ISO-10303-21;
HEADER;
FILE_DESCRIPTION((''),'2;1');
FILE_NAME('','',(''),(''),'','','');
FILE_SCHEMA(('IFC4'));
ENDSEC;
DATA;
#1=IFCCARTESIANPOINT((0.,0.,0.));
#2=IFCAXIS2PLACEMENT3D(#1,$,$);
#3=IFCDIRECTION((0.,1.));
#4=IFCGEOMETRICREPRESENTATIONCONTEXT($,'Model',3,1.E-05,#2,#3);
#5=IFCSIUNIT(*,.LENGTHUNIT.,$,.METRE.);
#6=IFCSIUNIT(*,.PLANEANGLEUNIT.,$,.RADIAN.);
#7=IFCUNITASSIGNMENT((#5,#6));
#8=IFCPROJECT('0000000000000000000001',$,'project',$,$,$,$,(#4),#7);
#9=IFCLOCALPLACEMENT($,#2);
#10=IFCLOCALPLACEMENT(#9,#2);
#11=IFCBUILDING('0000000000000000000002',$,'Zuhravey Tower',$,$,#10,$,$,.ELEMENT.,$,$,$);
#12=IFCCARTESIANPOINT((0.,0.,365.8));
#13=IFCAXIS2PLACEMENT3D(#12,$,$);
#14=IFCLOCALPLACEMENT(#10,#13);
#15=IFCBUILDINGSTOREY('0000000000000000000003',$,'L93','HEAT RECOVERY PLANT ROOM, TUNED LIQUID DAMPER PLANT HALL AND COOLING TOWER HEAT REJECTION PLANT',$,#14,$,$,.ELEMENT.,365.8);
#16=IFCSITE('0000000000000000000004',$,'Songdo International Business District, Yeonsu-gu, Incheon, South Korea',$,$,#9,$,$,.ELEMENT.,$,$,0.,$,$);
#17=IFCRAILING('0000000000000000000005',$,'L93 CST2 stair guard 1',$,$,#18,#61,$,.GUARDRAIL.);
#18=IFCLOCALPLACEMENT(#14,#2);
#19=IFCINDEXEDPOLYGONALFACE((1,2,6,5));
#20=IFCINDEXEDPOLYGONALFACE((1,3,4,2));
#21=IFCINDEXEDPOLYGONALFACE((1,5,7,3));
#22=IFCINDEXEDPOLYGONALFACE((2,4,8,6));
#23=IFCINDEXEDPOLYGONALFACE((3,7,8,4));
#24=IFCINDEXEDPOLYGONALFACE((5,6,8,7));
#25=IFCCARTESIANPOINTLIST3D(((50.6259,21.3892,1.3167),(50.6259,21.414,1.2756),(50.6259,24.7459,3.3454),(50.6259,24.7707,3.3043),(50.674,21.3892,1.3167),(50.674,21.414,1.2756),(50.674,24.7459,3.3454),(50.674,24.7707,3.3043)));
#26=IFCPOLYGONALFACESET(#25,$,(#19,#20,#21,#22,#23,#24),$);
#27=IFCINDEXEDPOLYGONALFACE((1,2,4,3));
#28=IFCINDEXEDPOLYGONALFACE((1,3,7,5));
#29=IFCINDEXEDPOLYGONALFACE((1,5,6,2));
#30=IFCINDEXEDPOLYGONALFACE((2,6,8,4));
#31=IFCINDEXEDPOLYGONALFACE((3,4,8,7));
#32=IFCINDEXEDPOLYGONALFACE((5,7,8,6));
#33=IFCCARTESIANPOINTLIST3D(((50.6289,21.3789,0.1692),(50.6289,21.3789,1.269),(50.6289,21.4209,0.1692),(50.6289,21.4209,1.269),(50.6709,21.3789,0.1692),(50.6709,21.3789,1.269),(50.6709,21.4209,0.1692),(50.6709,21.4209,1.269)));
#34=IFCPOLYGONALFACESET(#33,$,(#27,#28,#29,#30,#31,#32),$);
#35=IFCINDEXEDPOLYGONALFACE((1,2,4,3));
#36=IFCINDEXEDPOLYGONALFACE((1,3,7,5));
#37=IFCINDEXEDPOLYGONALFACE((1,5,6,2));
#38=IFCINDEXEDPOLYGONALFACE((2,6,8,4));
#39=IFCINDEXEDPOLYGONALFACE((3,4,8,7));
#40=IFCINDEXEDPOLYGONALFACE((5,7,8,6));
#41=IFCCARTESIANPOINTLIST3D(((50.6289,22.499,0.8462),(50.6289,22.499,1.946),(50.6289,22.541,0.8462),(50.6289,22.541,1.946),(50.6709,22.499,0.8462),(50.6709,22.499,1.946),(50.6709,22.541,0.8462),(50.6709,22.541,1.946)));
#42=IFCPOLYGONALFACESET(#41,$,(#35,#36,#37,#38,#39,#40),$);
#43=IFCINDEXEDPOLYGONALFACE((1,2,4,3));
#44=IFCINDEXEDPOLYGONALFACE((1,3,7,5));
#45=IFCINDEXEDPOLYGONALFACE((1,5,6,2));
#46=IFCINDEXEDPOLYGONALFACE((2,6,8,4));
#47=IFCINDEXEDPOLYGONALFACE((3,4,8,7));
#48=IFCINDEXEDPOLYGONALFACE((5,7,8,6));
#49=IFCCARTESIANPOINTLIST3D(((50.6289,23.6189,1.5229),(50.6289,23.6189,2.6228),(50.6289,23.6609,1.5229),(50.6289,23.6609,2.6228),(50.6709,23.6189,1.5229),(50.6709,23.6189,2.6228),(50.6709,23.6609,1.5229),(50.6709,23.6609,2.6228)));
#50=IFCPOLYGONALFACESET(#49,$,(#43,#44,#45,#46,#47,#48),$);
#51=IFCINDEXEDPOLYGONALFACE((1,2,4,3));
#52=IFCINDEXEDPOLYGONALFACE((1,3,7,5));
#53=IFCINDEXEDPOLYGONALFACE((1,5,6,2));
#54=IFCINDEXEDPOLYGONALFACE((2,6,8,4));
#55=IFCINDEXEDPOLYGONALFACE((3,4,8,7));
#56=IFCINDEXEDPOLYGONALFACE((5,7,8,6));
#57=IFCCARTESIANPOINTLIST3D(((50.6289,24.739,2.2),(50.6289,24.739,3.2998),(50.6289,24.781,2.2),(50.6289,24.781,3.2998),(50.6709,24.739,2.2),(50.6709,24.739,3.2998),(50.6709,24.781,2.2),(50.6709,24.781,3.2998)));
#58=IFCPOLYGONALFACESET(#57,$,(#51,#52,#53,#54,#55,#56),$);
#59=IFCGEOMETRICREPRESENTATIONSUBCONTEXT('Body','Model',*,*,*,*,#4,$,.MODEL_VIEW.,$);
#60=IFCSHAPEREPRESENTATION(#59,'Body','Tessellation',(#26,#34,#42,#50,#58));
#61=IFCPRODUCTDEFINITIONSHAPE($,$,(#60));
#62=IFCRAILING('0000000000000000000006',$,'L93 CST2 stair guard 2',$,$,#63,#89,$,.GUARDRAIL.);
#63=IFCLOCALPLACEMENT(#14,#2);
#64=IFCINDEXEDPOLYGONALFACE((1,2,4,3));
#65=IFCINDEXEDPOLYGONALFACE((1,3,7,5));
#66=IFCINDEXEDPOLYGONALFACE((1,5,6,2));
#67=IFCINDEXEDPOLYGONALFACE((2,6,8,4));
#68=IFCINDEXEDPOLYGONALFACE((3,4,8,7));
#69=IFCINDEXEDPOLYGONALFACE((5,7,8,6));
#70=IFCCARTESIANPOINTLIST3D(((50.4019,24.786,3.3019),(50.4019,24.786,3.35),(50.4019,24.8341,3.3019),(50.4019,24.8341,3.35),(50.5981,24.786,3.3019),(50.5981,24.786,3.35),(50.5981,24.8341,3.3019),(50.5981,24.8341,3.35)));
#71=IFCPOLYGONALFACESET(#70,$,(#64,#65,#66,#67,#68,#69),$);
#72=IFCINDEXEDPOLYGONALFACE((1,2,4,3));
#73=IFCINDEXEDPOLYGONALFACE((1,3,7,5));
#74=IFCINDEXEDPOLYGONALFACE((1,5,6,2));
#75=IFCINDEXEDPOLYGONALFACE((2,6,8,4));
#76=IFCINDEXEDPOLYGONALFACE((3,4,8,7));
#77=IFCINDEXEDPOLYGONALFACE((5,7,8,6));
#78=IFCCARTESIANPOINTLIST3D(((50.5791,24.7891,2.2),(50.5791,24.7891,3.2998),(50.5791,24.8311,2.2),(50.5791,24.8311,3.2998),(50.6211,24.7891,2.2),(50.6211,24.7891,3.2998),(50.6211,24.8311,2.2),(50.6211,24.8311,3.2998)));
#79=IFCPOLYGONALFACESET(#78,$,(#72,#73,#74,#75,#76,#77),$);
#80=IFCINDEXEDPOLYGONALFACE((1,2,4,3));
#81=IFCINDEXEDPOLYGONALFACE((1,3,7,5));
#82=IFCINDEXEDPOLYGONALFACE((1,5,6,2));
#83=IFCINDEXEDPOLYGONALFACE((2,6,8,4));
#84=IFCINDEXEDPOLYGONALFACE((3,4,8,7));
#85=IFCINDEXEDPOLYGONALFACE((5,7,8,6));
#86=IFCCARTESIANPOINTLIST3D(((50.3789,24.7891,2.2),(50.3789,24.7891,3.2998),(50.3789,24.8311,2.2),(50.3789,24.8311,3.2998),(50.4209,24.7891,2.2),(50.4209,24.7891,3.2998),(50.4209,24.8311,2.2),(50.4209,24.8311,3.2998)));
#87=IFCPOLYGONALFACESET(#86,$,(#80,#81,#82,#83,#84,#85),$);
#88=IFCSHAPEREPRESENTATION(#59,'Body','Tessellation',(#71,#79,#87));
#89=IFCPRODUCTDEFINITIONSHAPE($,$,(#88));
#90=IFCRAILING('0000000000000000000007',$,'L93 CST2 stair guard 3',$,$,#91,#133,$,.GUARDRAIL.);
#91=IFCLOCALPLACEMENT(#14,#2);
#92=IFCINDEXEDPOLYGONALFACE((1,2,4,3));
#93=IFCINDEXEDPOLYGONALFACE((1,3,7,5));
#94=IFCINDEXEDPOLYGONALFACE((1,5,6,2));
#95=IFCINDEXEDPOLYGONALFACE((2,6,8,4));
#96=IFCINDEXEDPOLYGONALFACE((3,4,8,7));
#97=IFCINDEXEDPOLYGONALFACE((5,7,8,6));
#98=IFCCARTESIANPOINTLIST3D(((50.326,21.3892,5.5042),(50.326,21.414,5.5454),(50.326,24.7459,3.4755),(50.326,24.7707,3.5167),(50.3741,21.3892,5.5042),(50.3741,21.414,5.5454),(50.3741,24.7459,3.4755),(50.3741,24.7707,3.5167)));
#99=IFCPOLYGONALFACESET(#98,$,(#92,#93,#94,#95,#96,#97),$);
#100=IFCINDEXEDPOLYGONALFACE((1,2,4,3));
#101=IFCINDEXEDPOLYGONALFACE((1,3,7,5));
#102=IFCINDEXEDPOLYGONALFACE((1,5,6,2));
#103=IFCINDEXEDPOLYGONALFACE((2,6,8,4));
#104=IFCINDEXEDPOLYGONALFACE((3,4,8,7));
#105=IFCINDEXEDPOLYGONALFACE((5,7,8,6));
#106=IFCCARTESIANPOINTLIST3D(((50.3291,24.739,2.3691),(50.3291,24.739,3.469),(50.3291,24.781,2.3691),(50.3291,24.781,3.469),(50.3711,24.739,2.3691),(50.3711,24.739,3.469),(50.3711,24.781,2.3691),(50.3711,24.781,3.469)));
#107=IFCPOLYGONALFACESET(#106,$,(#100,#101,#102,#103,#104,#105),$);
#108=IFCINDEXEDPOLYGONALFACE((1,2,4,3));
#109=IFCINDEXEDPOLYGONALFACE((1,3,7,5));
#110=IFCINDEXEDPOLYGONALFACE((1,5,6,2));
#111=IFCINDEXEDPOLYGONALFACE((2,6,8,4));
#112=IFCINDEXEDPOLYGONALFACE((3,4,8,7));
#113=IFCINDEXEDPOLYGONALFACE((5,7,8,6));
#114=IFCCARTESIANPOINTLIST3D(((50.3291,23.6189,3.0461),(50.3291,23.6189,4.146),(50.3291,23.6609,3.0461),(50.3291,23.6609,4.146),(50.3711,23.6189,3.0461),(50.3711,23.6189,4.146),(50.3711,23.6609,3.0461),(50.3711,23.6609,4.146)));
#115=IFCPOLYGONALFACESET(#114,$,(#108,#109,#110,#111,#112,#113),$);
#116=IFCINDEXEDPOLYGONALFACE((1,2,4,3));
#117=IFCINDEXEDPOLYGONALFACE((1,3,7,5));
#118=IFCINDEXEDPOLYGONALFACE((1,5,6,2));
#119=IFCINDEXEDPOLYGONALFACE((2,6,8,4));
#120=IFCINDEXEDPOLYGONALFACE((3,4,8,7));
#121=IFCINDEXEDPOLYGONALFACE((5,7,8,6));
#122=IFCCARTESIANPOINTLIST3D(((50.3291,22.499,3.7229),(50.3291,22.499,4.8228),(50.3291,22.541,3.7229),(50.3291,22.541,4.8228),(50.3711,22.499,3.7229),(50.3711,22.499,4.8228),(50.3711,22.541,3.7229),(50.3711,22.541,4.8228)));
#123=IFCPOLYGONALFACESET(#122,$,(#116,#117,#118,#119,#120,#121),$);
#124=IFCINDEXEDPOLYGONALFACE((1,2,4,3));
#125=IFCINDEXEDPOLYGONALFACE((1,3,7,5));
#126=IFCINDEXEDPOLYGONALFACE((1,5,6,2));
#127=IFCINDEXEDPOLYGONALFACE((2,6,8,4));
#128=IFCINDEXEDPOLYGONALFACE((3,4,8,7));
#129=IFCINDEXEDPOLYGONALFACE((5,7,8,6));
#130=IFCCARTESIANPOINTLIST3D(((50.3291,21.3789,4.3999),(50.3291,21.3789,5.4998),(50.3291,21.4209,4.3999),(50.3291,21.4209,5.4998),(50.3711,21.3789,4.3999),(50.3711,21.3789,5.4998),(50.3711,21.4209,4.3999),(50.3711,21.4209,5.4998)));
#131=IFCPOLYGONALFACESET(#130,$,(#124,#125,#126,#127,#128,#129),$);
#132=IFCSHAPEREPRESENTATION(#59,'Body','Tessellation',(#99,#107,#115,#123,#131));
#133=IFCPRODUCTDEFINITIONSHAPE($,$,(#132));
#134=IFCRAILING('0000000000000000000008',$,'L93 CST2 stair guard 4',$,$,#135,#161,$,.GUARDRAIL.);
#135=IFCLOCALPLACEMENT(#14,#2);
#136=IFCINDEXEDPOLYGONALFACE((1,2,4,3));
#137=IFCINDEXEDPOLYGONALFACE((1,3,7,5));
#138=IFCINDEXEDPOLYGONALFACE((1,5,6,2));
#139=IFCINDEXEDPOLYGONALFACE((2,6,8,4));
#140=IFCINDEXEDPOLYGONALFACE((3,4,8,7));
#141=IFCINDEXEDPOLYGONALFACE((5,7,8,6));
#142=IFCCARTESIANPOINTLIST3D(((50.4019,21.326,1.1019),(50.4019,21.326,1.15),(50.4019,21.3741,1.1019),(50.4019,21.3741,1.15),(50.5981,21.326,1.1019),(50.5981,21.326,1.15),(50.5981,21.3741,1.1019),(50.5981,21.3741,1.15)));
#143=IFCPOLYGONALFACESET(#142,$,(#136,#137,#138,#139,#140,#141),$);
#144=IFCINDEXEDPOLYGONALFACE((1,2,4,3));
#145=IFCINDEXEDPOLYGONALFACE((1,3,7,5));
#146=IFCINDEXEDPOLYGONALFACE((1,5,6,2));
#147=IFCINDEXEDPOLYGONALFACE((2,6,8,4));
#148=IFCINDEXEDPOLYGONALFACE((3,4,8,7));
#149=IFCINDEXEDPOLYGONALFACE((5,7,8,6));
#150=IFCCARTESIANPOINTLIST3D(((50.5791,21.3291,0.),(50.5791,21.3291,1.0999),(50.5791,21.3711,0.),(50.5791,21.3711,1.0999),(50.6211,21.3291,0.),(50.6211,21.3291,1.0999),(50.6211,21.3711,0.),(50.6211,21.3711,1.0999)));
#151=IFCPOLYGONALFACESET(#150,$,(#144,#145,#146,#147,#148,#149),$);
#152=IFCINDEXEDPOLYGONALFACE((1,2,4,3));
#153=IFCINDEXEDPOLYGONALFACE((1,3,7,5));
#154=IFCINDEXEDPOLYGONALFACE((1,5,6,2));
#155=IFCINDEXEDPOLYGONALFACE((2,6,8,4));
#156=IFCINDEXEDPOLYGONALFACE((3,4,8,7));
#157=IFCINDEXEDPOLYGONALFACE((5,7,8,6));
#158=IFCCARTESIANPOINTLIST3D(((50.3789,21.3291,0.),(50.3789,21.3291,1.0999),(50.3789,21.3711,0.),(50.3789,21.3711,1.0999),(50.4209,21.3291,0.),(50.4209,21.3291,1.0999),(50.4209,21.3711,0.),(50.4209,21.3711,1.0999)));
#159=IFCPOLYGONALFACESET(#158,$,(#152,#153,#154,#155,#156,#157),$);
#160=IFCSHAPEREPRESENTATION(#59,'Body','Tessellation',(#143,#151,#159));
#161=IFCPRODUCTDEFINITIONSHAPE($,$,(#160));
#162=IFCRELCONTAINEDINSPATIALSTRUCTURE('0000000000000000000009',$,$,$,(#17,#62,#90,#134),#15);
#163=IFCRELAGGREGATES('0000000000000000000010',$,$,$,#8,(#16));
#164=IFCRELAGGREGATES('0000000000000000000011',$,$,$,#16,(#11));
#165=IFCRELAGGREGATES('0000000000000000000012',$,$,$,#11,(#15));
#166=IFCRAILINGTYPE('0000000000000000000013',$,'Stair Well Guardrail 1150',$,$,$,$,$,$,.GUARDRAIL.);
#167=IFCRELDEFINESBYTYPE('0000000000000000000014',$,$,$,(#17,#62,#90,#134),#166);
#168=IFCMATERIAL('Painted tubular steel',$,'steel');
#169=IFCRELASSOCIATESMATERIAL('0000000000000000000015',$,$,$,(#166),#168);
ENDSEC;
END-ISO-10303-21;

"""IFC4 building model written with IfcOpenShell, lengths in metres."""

from ifc_helpers import new_model, si_unit, direction, frame, origin, origin_2d, place, context, subcontext, project, spatial, rectangle, extrude, material, type_object, element, save


model = new_model("IFC4")

# Units and contexts
model_context = context("Model", 3, precision=1e-05, world=origin(), true_north=direction((0.0, 1.0)))
body_context = subcontext(model_context, "Body", "Model", "MODEL_VIEW")
ifc_project = project(units=[si_unit("LENGTHUNIT", "METRE"), si_unit("PLANEANGLEUNIT", "RADIAN")], contexts=[model_context])

# Site, building, storey
site_placement = place(None, origin())
site = spatial("IfcSite", under=ifc_project, at=site_placement, Name="Songdo International Business District, Yeonsu-gu, Incheon, South Korea", CompositionType="ELEMENT", RefElevation=0.0)
building_placement = place(site_placement, origin())
building = spatial("IfcBuilding", under=site, at=building_placement, Name="Zuhravey Tower", CompositionType="ELEMENT")
storey_placement = place(building_placement, frame((0.0, 0.0, 365.8)))
storey = spatial("IfcBuildingStorey", under=building, at=storey_placement, Name="L93", Description="HEAT RECOVERY PLANT ROOM, TUNED LIQUID DAMPER PLANT HALL AND COOLING TOWER HEAT REJECTION PLANT", CompositionType="ELEMENT", Elevation=365.8)

# Railings
ifc_material_1 = material(Name="Painted tubular steel", Category="steel")
railing_type_1 = type_object("IfcRailingType", Name="Stair Well Guardrail 1150", PredefinedType="GUARDRAIL", material=ifc_material_1)
railing_1_placement = place(storey_placement, frame((50.6499, 21.3999, 0.1692)))
element("IfcRailing", 1, at=railing_1_placement, inside=storey, type_object=railing_type_1, Name="L93 CST2 stair guard 1", PredefinedType="GUARDRAIL", context=body_context, shape_type="SweptSolid", body=[
    extrude(rectangle(XDim=0.0481, YDim=0.0481, at=origin_2d()), frame((0.0, 0.0017, 1.127), z_axis=(0.0, 0.855837, 0.517246), x_axis=(-1.0, 0.0, 0.0)), (0.0, 0.0, 1.0), 3.9221),
    extrude(rectangle(XDim=0.042, YDim=0.042, at=origin_2d()), origin(), (0.0, 0.0, 1.0), 1.0999),
    extrude(rectangle(XDim=0.042, YDim=0.042, at=origin_2d()), frame((0.0, 1.1201, 0.677)), (0.0, 0.0, 1.0), 1.0999),
    extrude(rectangle(XDim=0.042, YDim=0.042, at=origin_2d()), frame((0.0, 2.24, 1.3538)), (0.0, 0.0, 1.0), 1.0999),
    extrude(rectangle(XDim=0.042, YDim=0.042, at=origin_2d()), frame((0.0, 3.3601, 2.0308)), (0.0, 0.0, 1.0), 1.0999),
])
railing_2_placement = place(storey_placement, frame((50.6001, 24.8101, 2.2)))
element("IfcRailing", 2, at=railing_2_placement, inside=storey, type_object=railing_type_1, Name="L93 CST2 stair guard 2", PredefinedType="GUARDRAIL", context=body_context, shape_type="SweptSolid", body=[
    extrude(rectangle(XDim=0.0481, YDim=0.0481, at=origin_2d()), frame((-0.002, 0.0, 1.126), z_axis=(-1.0, 0.0, 0.0), x_axis=(0.0, -1.0, 0.0)), (0.0, 0.0, 1.0), 0.1963),
    extrude(rectangle(XDim=0.042, YDim=0.042, at=origin_2d()), origin(), (0.0, 0.0, 1.0), 1.0999),
    extrude(rectangle(XDim=0.042, YDim=0.042, at=origin_2d()), frame((-0.2002, 0.0, 0.0)), (0.0, 0.0, 1.0), 1.0999),
])
railing_3_placement = place(storey_placement, frame((50.3501, 24.76, 2.3691)))
element("IfcRailing", 3, at=railing_3_placement, inside=storey, type_object=railing_type_1, Name="L93 CST2 stair guard 3", PredefinedType="GUARDRAIL", context=body_context, shape_type="SweptSolid", body=[
    extrude(rectangle(XDim=0.0481, YDim=0.0481, at=origin_2d()), frame((0.0, -0.0017, 1.127), z_axis=(0.0, -0.855837, 0.517246), x_axis=(1.0, 0.0, 0.0)), (0.0, 0.0, 1.0), 3.9221),
    extrude(rectangle(XDim=0.042, YDim=0.042, at=origin_2d()), origin(), (0.0, 0.0, 1.0), 1.0999),
    extrude(rectangle(XDim=0.042, YDim=0.042, at=origin_2d()), frame((0.0, -1.1201, 0.677)), (0.0, 0.0, 1.0), 1.0999),
    extrude(rectangle(XDim=0.042, YDim=0.042, at=origin_2d()), frame((0.0, -2.24, 1.3538)), (0.0, 0.0, 1.0), 1.0999),
    extrude(rectangle(XDim=0.042, YDim=0.042, at=origin_2d()), frame((0.0, -3.3601, 2.0308)), (0.0, 0.0, 1.0), 1.0999),
])
railing_4_placement = place(storey_placement, frame((50.6001, 21.3501, 0.0)))
element("IfcRailing", 4, at=railing_4_placement, inside=storey, type_object=railing_type_1, Name="L93 CST2 stair guard 4", PredefinedType="GUARDRAIL", context=body_context, shape_type="SweptSolid", body=[
    extrude(rectangle(XDim=0.0481, YDim=0.0481, at=origin_2d()), frame((-0.002, 0.0, 1.126), z_axis=(-1.0, 0.0, 0.0), x_axis=(0.0, -1.0, 0.0)), (0.0, 0.0, 1.0), 0.1963),
    extrude(rectangle(XDim=0.042, YDim=0.042, at=origin_2d()), origin(), (0.0, 0.0, 1.0), 1.0999),
    extrude(rectangle(XDim=0.042, YDim=0.042, at=origin_2d()), frame((-0.2002, 0.0, 0.0)), (0.0, 0.0, 1.0), 1.0999),
])

save(model, "model.ifc")
